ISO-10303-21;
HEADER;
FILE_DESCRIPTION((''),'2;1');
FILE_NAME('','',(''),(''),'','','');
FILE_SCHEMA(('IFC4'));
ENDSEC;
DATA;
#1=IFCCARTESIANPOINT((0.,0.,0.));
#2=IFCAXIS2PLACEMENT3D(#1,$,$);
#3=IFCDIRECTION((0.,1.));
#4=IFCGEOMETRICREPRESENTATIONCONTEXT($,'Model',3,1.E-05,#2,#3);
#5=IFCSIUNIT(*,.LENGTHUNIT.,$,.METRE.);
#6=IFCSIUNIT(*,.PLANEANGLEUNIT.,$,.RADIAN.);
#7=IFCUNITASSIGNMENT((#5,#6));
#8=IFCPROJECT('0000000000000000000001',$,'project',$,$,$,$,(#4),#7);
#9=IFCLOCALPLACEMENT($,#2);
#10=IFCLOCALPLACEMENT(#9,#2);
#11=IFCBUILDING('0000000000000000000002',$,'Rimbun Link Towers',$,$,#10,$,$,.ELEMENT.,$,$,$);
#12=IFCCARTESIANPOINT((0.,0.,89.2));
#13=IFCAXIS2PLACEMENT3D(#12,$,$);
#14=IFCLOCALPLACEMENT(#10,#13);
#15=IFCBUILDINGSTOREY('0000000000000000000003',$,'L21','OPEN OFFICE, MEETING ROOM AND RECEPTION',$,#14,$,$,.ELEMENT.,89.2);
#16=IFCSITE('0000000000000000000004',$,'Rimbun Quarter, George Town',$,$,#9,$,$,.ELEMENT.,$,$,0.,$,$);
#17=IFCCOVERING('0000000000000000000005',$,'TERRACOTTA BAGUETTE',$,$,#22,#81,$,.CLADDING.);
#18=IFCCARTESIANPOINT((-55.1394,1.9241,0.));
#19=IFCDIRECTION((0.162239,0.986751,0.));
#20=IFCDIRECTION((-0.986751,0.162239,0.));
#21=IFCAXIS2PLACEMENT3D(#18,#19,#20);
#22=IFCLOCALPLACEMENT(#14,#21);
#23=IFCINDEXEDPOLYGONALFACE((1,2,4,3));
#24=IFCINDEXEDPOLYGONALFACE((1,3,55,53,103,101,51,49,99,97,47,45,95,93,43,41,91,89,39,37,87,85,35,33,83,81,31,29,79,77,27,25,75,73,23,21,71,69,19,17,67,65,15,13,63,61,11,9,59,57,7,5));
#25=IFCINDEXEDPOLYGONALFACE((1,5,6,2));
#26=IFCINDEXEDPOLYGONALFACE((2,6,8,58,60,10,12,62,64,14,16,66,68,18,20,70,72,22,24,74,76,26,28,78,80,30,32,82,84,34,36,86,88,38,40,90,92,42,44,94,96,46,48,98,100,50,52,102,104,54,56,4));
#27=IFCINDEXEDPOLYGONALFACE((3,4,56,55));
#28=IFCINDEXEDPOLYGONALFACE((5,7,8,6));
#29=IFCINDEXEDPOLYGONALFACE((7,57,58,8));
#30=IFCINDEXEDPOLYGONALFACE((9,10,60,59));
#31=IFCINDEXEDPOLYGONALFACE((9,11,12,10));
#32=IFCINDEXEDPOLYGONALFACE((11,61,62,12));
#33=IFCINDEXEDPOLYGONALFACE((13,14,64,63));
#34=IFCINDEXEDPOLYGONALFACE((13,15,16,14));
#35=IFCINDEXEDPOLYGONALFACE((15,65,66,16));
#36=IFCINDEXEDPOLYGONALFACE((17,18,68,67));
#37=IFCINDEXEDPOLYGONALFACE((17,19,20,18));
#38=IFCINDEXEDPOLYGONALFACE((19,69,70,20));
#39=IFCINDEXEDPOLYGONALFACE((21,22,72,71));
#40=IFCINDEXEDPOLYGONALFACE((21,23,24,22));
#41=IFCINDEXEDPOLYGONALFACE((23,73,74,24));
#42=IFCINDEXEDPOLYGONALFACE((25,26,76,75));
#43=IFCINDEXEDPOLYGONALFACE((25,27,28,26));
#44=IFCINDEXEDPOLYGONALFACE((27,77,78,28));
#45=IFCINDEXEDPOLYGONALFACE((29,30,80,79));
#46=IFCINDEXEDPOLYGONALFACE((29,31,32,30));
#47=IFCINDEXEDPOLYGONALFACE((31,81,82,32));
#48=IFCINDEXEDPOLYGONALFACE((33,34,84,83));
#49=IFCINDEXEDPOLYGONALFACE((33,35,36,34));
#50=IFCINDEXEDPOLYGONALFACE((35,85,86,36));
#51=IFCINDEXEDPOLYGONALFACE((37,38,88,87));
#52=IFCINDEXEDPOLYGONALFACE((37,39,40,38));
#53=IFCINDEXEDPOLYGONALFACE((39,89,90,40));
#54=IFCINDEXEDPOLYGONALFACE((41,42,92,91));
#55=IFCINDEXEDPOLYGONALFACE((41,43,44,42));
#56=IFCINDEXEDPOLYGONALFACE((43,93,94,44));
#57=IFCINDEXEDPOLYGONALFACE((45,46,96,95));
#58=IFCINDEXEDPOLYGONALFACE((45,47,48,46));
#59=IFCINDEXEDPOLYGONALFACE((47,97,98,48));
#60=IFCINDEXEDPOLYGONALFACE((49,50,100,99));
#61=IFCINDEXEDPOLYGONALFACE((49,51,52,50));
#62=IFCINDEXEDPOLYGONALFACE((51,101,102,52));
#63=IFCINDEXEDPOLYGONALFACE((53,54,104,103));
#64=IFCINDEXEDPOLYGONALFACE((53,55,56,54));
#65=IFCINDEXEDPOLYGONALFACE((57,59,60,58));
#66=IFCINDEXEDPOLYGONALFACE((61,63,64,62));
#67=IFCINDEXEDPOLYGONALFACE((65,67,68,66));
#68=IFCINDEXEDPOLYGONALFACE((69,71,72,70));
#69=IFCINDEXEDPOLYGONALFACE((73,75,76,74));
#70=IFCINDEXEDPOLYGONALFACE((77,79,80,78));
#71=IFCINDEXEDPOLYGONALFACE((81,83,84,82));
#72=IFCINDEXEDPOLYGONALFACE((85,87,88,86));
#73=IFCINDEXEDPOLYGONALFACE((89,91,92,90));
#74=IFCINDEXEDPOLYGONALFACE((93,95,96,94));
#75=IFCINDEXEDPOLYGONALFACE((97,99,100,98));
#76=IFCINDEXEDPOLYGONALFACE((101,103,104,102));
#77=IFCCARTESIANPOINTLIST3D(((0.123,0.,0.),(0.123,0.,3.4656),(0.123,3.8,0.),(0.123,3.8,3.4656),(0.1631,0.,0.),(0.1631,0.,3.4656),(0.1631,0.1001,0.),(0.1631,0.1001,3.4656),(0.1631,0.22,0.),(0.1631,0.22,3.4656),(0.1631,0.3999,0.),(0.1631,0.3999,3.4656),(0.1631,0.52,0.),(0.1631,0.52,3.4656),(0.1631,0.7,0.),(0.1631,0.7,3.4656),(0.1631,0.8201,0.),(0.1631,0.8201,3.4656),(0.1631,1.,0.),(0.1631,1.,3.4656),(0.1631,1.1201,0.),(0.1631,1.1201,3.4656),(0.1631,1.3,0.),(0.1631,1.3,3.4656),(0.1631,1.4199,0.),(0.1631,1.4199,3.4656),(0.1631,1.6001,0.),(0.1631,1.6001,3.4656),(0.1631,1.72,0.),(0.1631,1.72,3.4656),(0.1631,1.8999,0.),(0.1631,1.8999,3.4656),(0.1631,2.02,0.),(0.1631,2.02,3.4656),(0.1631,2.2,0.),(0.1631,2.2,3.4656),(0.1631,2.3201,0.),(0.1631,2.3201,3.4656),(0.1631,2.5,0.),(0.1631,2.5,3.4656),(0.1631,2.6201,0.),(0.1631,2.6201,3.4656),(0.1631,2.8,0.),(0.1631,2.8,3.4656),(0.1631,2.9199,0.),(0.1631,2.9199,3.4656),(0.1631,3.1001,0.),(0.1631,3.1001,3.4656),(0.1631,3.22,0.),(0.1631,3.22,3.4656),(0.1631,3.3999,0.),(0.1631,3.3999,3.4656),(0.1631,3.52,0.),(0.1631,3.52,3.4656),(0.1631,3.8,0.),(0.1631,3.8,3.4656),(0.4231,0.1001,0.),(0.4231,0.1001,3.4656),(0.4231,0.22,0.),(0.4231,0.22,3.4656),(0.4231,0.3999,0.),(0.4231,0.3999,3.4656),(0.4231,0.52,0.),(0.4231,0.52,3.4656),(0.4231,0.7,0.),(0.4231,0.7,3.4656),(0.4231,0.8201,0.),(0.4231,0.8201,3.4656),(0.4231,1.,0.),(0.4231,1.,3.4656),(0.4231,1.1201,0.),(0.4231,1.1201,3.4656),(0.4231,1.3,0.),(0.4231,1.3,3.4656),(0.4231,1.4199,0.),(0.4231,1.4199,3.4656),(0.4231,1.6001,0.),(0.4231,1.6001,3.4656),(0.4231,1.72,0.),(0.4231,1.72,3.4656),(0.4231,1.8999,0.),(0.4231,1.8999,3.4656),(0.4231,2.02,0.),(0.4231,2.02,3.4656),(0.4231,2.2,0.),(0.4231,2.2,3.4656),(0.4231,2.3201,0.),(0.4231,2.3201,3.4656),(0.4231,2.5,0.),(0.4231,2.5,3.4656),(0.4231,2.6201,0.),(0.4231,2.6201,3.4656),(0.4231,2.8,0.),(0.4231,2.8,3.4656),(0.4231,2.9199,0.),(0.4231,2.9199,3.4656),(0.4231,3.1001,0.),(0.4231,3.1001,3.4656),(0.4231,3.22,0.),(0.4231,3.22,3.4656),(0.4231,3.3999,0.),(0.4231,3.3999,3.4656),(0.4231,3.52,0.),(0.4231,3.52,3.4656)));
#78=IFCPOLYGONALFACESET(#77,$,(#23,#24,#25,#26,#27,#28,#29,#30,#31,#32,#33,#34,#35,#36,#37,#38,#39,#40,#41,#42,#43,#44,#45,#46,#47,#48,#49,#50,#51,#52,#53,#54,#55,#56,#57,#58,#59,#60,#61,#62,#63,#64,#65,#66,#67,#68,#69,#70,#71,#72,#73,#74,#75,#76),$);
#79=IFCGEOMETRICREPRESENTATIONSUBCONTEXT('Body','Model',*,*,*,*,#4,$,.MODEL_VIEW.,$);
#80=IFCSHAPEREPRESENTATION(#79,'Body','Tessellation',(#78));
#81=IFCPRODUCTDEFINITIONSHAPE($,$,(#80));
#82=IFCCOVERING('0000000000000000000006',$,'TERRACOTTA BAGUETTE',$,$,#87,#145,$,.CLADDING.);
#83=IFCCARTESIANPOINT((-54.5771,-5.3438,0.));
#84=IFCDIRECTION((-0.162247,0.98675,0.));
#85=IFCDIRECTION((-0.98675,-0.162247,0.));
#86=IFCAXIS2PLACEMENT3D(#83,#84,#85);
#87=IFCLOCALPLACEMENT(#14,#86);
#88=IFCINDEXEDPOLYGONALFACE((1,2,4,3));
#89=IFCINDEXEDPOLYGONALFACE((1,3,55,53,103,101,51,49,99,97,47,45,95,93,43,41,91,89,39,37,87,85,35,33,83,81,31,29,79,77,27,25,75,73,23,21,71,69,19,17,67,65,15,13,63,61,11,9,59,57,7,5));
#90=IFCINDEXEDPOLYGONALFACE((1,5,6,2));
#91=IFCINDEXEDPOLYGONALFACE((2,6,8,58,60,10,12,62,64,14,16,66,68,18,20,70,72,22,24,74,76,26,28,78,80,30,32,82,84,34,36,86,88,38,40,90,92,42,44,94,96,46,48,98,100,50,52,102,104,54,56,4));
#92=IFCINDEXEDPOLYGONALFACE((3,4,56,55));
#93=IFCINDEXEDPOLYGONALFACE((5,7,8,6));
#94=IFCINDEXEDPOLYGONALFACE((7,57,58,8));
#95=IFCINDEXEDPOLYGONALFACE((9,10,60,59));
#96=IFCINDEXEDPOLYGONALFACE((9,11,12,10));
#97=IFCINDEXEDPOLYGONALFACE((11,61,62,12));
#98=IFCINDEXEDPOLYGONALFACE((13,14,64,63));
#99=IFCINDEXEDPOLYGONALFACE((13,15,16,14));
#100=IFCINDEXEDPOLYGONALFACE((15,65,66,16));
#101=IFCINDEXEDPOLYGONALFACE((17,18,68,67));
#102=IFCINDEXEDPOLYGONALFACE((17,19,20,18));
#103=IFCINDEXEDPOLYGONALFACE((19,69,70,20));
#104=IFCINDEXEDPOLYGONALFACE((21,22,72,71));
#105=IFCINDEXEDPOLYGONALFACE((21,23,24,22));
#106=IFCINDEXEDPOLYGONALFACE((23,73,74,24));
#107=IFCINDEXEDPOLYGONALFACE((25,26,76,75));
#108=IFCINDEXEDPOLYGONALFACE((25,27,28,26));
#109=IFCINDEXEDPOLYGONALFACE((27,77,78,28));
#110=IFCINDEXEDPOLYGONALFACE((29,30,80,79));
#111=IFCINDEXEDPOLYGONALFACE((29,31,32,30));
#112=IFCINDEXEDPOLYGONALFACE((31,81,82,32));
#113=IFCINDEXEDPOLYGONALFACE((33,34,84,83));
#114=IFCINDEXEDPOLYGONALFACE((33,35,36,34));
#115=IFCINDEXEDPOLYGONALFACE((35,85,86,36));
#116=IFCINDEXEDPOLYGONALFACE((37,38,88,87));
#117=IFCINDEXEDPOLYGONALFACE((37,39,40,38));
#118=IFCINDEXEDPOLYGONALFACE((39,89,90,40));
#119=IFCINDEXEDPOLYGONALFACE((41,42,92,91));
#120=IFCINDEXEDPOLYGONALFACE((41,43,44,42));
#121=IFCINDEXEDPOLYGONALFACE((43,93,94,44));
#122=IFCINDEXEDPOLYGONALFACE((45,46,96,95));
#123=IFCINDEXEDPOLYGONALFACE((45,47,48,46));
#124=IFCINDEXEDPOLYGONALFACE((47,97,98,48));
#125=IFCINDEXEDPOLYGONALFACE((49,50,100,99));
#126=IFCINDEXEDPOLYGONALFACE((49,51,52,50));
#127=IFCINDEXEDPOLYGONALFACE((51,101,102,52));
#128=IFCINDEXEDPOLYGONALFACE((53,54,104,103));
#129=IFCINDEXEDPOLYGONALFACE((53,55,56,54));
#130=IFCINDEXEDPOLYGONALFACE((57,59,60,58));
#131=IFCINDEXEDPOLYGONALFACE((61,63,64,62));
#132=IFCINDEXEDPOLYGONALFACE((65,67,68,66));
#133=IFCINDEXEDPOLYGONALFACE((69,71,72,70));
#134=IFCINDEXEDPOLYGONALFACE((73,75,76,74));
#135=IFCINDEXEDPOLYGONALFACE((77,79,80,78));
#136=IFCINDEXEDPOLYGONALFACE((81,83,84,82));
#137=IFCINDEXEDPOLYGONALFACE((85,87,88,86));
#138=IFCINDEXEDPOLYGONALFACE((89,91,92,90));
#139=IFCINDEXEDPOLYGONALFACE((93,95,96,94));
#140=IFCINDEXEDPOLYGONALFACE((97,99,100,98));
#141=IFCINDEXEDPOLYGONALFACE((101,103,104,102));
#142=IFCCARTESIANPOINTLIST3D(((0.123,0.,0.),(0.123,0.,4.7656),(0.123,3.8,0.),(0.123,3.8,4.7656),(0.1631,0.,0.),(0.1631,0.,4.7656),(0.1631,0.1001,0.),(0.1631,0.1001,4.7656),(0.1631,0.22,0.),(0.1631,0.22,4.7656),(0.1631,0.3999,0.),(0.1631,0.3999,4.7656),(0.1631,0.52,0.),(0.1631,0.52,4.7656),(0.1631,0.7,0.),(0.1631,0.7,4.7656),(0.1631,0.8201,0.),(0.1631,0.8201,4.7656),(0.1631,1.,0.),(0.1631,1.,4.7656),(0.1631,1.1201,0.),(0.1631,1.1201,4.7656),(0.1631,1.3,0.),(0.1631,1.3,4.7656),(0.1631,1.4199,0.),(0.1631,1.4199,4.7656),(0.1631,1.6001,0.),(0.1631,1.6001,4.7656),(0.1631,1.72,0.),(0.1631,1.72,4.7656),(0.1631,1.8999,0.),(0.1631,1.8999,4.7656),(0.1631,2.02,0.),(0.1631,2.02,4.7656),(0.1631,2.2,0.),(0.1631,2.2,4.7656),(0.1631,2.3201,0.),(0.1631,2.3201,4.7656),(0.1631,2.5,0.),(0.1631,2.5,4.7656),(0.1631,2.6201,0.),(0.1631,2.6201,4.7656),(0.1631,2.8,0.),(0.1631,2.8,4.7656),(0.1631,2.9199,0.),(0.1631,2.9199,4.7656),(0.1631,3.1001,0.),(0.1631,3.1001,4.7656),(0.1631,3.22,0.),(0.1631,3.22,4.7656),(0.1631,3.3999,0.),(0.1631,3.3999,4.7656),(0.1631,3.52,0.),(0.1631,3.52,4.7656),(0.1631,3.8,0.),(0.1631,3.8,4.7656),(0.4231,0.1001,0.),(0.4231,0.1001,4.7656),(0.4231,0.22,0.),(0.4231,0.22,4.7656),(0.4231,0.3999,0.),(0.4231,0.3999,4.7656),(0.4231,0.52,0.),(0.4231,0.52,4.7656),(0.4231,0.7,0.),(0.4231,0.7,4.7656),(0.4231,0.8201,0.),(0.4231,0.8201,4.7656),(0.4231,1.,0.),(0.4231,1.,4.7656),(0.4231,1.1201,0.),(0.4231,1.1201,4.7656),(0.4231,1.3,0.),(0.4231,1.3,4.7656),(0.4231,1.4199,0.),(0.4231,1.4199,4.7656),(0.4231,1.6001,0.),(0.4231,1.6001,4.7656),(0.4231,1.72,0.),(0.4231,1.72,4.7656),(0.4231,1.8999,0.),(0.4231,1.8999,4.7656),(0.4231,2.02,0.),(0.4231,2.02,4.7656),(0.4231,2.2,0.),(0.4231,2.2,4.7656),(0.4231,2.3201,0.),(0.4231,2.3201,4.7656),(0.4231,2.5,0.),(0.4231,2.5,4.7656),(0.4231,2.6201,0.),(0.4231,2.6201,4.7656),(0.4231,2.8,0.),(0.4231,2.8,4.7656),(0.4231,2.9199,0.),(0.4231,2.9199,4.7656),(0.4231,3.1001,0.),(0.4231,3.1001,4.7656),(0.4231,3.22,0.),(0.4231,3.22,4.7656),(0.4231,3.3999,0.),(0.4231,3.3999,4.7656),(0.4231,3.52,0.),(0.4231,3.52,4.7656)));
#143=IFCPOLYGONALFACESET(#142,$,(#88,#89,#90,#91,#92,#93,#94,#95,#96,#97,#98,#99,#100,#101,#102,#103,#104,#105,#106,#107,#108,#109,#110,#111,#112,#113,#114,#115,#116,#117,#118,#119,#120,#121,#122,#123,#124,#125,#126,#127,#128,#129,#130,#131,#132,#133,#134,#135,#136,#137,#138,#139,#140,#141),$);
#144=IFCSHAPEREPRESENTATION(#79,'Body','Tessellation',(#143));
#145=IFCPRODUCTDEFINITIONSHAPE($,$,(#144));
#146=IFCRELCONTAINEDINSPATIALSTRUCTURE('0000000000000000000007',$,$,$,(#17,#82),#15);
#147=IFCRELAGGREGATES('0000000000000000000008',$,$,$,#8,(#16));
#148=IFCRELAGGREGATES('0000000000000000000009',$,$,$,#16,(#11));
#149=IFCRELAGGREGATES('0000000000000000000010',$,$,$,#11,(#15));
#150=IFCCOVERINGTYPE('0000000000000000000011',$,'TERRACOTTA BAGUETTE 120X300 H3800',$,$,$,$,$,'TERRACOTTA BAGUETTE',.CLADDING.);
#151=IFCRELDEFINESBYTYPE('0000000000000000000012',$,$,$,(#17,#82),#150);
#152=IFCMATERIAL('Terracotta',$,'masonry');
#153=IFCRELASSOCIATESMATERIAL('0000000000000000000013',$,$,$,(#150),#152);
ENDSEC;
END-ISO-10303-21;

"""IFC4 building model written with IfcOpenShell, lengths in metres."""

from ifc_helpers import new_model, si_unit, direction, frame, origin, place, context, subcontext, project, spatial, polyline, outline, extrude, material, material_profile, profile_set, type_object, element, save


model = new_model("IFC4")

# Units and contexts
model_context = context("Model", 3, precision=1e-05, world=origin(), true_north=direction((0.0, 1.0)))
body_context = subcontext(model_context, "Body", "Model", "MODEL_VIEW")
ifc_project = project(units=[si_unit("LENGTHUNIT", "METRE"), si_unit("PLANEANGLEUNIT", "RADIAN")], contexts=[model_context])

# Site, building, storey
site_placement = place(None, origin())
site = spatial("IfcSite", under=ifc_project, at=site_placement, Name="Rimbun Quarter, George Town", CompositionType="ELEMENT", RefElevation=0.0)
building_placement = place(site_placement, origin())
building = spatial("IfcBuilding", under=site, at=building_placement, Name="Rimbun Link Towers", CompositionType="ELEMENT")
storey_placement = place(building_placement, frame((0.0, 0.0, 89.2)))
storey = spatial("IfcBuildingStorey", under=building, at=storey_placement, Name="L21", Description="OPEN OFFICE, MEETING ROOM AND RECEPTION", CompositionType="ELEMENT", Elevation=89.2)

# Coverings
ifc_material_1 = material(Name="Terracotta", Category="masonry")
ifc_material_profile_1 = material_profile(ifc_material_1, outline(polyline([(0.123, 0.0), (0.1631, 0.0), (0.1631, 0.1001), (0.4231, 0.1001), (0.4231, 0.22), (0.1631, 0.22), (0.1631, 0.3999), (0.4231, 0.3999), (0.4231, 0.52), (0.1631, 0.52), (0.1631, 0.7), (0.4231, 0.7), (0.4231, 0.8201), (0.1631, 0.8201), (0.1631, 1.0), (0.4231, 1.0), (0.4231, 1.1201), (0.1631, 1.1201), (0.1631, 1.3), (0.4231, 1.3), (0.4231, 1.4199), (0.1631, 1.4199), (0.1631, 1.6001), (0.4231, 1.6001), (0.4231, 1.72), (0.1631, 1.72), (0.1631, 1.8999), (0.4231, 1.8999), (0.4231, 2.02), (0.1631, 2.02), (0.1631, 2.2), (0.4231, 2.2), (0.4231, 2.3201), (0.1631, 2.3201), (0.1631, 2.5), (0.4231, 2.5), (0.4231, 2.6201), (0.1631, 2.6201), (0.1631, 2.8), (0.4231, 2.8), (0.4231, 2.9199), (0.1631, 2.9199), (0.1631, 3.1001), (0.4231, 3.1001), (0.4231, 3.22), (0.1631, 3.22), (0.1631, 3.3999), (0.4231, 3.3999), (0.4231, 3.52), (0.1631, 3.52), (0.1631, 3.8), (0.123, 3.8), (0.123, 0.0)])), Name="BAGUETTE 120X300")
ifc_profile_set_1 = profile_set([ifc_material_profile_1], Name="Terracotta")
covering_type = type_object("IfcCoveringType", Name="TERRACOTTA BAGUETTE 120X300 H3800", ElementType="TERRACOTTA BAGUETTE", PredefinedType="CLADDING", material=ifc_profile_set_1)
covering_1_placement = place(storey_placement, frame((-55.1394, 1.9241, 0.0), z_axis=(0.162239, 0.986751, 0.0), x_axis=(-0.986751, 0.162239, 0.0)))
element("IfcCovering", 1, at=covering_1_placement, inside=storey, type_object=covering_type, Name="TERRACOTTA BAGUETTE", PredefinedType="CLADDING", context=body_context, shape_type="SweptSolid", body=[
    extrude(outline(polyline([(0.123, 0.0), (0.1631, 0.0), (0.1631, 0.1001), (0.4231, 0.1001), (0.4231, 0.22), (0.1631, 0.22), (0.1631, 0.3999), (0.4231, 0.3999), (0.4231, 0.52), (0.1631, 0.52), (0.1631, 0.7), (0.4231, 0.7), (0.4231, 0.8201), (0.1631, 0.8201), (0.1631, 1.0), (0.4231, 1.0), (0.4231, 1.1201), (0.1631, 1.1201), (0.1631, 1.3), (0.4231, 1.3), (0.4231, 1.4199), (0.1631, 1.4199), (0.1631, 1.6001), (0.4231, 1.6001), (0.4231, 1.72), (0.1631, 1.72), (0.1631, 1.8999), (0.4231, 1.8999), (0.4231, 2.02), (0.1631, 2.02), (0.1631, 2.2), (0.4231, 2.2), (0.4231, 2.3201), (0.1631, 2.3201), (0.1631, 2.5), (0.4231, 2.5), (0.4231, 2.6201), (0.1631, 2.6201), (0.1631, 2.8), (0.4231, 2.8), (0.4231, 2.9199), (0.1631, 2.9199), (0.1631, 3.1001), (0.4231, 3.1001), (0.4231, 3.22), (0.1631, 3.22), (0.1631, 3.3999), (0.4231, 3.3999), (0.4231, 3.52), (0.1631, 3.52), (0.1631, 3.8), (0.123, 3.8), (0.123, 0.0)])), origin(), (0.0, 0.0, 1.0), 3.4656),
])
covering_2_placement = place(storey_placement, frame((-54.5771, -5.3438, 0.0), z_axis=(-0.162247, 0.98675, 0.0), x_axis=(-0.98675, -0.162247, 0.0)))
element("IfcCovering", 2, at=covering_2_placement, inside=storey, type_object=covering_type, Name="TERRACOTTA BAGUETTE", PredefinedType="CLADDING", context=body_context, shape_type="SweptSolid", body=[
    extrude(outline(polyline([(0.123, 0.0), (0.1631, 0.0), (0.1631, 0.1001), (0.4231, 0.1001), (0.4231, 0.22), (0.1631, 0.22), (0.1631, 0.3999), (0.4231, 0.3999), (0.4231, 0.52), (0.1631, 0.52), (0.1631, 0.7), (0.4231, 0.7), (0.4231, 0.8201), (0.1631, 0.8201), (0.1631, 1.0), (0.4231, 1.0), (0.4231, 1.1201), (0.1631, 1.1201), (0.1631, 1.3), (0.4231, 1.3), (0.4231, 1.4199), (0.1631, 1.4199), (0.1631, 1.6001), (0.4231, 1.6001), (0.4231, 1.72), (0.1631, 1.72), (0.1631, 1.8999), (0.4231, 1.8999), (0.4231, 2.02), (0.1631, 2.02), (0.1631, 2.2), (0.4231, 2.2), (0.4231, 2.3201), (0.1631, 2.3201), (0.1631, 2.5), (0.4231, 2.5), (0.4231, 2.6201), (0.1631, 2.6201), (0.1631, 2.8), (0.4231, 2.8), (0.4231, 2.9199), (0.1631, 2.9199), (0.1631, 3.1001), (0.4231, 3.1001), (0.4231, 3.22), (0.1631, 3.22), (0.1631, 3.3999), (0.4231, 3.3999), (0.4231, 3.52), (0.1631, 3.52), (0.1631, 3.8), (0.123, 3.8), (0.123, 0.0)])), origin(), (0.0, 0.0, 1.0), 4.7656),
])

save(model, "model.ifc")
